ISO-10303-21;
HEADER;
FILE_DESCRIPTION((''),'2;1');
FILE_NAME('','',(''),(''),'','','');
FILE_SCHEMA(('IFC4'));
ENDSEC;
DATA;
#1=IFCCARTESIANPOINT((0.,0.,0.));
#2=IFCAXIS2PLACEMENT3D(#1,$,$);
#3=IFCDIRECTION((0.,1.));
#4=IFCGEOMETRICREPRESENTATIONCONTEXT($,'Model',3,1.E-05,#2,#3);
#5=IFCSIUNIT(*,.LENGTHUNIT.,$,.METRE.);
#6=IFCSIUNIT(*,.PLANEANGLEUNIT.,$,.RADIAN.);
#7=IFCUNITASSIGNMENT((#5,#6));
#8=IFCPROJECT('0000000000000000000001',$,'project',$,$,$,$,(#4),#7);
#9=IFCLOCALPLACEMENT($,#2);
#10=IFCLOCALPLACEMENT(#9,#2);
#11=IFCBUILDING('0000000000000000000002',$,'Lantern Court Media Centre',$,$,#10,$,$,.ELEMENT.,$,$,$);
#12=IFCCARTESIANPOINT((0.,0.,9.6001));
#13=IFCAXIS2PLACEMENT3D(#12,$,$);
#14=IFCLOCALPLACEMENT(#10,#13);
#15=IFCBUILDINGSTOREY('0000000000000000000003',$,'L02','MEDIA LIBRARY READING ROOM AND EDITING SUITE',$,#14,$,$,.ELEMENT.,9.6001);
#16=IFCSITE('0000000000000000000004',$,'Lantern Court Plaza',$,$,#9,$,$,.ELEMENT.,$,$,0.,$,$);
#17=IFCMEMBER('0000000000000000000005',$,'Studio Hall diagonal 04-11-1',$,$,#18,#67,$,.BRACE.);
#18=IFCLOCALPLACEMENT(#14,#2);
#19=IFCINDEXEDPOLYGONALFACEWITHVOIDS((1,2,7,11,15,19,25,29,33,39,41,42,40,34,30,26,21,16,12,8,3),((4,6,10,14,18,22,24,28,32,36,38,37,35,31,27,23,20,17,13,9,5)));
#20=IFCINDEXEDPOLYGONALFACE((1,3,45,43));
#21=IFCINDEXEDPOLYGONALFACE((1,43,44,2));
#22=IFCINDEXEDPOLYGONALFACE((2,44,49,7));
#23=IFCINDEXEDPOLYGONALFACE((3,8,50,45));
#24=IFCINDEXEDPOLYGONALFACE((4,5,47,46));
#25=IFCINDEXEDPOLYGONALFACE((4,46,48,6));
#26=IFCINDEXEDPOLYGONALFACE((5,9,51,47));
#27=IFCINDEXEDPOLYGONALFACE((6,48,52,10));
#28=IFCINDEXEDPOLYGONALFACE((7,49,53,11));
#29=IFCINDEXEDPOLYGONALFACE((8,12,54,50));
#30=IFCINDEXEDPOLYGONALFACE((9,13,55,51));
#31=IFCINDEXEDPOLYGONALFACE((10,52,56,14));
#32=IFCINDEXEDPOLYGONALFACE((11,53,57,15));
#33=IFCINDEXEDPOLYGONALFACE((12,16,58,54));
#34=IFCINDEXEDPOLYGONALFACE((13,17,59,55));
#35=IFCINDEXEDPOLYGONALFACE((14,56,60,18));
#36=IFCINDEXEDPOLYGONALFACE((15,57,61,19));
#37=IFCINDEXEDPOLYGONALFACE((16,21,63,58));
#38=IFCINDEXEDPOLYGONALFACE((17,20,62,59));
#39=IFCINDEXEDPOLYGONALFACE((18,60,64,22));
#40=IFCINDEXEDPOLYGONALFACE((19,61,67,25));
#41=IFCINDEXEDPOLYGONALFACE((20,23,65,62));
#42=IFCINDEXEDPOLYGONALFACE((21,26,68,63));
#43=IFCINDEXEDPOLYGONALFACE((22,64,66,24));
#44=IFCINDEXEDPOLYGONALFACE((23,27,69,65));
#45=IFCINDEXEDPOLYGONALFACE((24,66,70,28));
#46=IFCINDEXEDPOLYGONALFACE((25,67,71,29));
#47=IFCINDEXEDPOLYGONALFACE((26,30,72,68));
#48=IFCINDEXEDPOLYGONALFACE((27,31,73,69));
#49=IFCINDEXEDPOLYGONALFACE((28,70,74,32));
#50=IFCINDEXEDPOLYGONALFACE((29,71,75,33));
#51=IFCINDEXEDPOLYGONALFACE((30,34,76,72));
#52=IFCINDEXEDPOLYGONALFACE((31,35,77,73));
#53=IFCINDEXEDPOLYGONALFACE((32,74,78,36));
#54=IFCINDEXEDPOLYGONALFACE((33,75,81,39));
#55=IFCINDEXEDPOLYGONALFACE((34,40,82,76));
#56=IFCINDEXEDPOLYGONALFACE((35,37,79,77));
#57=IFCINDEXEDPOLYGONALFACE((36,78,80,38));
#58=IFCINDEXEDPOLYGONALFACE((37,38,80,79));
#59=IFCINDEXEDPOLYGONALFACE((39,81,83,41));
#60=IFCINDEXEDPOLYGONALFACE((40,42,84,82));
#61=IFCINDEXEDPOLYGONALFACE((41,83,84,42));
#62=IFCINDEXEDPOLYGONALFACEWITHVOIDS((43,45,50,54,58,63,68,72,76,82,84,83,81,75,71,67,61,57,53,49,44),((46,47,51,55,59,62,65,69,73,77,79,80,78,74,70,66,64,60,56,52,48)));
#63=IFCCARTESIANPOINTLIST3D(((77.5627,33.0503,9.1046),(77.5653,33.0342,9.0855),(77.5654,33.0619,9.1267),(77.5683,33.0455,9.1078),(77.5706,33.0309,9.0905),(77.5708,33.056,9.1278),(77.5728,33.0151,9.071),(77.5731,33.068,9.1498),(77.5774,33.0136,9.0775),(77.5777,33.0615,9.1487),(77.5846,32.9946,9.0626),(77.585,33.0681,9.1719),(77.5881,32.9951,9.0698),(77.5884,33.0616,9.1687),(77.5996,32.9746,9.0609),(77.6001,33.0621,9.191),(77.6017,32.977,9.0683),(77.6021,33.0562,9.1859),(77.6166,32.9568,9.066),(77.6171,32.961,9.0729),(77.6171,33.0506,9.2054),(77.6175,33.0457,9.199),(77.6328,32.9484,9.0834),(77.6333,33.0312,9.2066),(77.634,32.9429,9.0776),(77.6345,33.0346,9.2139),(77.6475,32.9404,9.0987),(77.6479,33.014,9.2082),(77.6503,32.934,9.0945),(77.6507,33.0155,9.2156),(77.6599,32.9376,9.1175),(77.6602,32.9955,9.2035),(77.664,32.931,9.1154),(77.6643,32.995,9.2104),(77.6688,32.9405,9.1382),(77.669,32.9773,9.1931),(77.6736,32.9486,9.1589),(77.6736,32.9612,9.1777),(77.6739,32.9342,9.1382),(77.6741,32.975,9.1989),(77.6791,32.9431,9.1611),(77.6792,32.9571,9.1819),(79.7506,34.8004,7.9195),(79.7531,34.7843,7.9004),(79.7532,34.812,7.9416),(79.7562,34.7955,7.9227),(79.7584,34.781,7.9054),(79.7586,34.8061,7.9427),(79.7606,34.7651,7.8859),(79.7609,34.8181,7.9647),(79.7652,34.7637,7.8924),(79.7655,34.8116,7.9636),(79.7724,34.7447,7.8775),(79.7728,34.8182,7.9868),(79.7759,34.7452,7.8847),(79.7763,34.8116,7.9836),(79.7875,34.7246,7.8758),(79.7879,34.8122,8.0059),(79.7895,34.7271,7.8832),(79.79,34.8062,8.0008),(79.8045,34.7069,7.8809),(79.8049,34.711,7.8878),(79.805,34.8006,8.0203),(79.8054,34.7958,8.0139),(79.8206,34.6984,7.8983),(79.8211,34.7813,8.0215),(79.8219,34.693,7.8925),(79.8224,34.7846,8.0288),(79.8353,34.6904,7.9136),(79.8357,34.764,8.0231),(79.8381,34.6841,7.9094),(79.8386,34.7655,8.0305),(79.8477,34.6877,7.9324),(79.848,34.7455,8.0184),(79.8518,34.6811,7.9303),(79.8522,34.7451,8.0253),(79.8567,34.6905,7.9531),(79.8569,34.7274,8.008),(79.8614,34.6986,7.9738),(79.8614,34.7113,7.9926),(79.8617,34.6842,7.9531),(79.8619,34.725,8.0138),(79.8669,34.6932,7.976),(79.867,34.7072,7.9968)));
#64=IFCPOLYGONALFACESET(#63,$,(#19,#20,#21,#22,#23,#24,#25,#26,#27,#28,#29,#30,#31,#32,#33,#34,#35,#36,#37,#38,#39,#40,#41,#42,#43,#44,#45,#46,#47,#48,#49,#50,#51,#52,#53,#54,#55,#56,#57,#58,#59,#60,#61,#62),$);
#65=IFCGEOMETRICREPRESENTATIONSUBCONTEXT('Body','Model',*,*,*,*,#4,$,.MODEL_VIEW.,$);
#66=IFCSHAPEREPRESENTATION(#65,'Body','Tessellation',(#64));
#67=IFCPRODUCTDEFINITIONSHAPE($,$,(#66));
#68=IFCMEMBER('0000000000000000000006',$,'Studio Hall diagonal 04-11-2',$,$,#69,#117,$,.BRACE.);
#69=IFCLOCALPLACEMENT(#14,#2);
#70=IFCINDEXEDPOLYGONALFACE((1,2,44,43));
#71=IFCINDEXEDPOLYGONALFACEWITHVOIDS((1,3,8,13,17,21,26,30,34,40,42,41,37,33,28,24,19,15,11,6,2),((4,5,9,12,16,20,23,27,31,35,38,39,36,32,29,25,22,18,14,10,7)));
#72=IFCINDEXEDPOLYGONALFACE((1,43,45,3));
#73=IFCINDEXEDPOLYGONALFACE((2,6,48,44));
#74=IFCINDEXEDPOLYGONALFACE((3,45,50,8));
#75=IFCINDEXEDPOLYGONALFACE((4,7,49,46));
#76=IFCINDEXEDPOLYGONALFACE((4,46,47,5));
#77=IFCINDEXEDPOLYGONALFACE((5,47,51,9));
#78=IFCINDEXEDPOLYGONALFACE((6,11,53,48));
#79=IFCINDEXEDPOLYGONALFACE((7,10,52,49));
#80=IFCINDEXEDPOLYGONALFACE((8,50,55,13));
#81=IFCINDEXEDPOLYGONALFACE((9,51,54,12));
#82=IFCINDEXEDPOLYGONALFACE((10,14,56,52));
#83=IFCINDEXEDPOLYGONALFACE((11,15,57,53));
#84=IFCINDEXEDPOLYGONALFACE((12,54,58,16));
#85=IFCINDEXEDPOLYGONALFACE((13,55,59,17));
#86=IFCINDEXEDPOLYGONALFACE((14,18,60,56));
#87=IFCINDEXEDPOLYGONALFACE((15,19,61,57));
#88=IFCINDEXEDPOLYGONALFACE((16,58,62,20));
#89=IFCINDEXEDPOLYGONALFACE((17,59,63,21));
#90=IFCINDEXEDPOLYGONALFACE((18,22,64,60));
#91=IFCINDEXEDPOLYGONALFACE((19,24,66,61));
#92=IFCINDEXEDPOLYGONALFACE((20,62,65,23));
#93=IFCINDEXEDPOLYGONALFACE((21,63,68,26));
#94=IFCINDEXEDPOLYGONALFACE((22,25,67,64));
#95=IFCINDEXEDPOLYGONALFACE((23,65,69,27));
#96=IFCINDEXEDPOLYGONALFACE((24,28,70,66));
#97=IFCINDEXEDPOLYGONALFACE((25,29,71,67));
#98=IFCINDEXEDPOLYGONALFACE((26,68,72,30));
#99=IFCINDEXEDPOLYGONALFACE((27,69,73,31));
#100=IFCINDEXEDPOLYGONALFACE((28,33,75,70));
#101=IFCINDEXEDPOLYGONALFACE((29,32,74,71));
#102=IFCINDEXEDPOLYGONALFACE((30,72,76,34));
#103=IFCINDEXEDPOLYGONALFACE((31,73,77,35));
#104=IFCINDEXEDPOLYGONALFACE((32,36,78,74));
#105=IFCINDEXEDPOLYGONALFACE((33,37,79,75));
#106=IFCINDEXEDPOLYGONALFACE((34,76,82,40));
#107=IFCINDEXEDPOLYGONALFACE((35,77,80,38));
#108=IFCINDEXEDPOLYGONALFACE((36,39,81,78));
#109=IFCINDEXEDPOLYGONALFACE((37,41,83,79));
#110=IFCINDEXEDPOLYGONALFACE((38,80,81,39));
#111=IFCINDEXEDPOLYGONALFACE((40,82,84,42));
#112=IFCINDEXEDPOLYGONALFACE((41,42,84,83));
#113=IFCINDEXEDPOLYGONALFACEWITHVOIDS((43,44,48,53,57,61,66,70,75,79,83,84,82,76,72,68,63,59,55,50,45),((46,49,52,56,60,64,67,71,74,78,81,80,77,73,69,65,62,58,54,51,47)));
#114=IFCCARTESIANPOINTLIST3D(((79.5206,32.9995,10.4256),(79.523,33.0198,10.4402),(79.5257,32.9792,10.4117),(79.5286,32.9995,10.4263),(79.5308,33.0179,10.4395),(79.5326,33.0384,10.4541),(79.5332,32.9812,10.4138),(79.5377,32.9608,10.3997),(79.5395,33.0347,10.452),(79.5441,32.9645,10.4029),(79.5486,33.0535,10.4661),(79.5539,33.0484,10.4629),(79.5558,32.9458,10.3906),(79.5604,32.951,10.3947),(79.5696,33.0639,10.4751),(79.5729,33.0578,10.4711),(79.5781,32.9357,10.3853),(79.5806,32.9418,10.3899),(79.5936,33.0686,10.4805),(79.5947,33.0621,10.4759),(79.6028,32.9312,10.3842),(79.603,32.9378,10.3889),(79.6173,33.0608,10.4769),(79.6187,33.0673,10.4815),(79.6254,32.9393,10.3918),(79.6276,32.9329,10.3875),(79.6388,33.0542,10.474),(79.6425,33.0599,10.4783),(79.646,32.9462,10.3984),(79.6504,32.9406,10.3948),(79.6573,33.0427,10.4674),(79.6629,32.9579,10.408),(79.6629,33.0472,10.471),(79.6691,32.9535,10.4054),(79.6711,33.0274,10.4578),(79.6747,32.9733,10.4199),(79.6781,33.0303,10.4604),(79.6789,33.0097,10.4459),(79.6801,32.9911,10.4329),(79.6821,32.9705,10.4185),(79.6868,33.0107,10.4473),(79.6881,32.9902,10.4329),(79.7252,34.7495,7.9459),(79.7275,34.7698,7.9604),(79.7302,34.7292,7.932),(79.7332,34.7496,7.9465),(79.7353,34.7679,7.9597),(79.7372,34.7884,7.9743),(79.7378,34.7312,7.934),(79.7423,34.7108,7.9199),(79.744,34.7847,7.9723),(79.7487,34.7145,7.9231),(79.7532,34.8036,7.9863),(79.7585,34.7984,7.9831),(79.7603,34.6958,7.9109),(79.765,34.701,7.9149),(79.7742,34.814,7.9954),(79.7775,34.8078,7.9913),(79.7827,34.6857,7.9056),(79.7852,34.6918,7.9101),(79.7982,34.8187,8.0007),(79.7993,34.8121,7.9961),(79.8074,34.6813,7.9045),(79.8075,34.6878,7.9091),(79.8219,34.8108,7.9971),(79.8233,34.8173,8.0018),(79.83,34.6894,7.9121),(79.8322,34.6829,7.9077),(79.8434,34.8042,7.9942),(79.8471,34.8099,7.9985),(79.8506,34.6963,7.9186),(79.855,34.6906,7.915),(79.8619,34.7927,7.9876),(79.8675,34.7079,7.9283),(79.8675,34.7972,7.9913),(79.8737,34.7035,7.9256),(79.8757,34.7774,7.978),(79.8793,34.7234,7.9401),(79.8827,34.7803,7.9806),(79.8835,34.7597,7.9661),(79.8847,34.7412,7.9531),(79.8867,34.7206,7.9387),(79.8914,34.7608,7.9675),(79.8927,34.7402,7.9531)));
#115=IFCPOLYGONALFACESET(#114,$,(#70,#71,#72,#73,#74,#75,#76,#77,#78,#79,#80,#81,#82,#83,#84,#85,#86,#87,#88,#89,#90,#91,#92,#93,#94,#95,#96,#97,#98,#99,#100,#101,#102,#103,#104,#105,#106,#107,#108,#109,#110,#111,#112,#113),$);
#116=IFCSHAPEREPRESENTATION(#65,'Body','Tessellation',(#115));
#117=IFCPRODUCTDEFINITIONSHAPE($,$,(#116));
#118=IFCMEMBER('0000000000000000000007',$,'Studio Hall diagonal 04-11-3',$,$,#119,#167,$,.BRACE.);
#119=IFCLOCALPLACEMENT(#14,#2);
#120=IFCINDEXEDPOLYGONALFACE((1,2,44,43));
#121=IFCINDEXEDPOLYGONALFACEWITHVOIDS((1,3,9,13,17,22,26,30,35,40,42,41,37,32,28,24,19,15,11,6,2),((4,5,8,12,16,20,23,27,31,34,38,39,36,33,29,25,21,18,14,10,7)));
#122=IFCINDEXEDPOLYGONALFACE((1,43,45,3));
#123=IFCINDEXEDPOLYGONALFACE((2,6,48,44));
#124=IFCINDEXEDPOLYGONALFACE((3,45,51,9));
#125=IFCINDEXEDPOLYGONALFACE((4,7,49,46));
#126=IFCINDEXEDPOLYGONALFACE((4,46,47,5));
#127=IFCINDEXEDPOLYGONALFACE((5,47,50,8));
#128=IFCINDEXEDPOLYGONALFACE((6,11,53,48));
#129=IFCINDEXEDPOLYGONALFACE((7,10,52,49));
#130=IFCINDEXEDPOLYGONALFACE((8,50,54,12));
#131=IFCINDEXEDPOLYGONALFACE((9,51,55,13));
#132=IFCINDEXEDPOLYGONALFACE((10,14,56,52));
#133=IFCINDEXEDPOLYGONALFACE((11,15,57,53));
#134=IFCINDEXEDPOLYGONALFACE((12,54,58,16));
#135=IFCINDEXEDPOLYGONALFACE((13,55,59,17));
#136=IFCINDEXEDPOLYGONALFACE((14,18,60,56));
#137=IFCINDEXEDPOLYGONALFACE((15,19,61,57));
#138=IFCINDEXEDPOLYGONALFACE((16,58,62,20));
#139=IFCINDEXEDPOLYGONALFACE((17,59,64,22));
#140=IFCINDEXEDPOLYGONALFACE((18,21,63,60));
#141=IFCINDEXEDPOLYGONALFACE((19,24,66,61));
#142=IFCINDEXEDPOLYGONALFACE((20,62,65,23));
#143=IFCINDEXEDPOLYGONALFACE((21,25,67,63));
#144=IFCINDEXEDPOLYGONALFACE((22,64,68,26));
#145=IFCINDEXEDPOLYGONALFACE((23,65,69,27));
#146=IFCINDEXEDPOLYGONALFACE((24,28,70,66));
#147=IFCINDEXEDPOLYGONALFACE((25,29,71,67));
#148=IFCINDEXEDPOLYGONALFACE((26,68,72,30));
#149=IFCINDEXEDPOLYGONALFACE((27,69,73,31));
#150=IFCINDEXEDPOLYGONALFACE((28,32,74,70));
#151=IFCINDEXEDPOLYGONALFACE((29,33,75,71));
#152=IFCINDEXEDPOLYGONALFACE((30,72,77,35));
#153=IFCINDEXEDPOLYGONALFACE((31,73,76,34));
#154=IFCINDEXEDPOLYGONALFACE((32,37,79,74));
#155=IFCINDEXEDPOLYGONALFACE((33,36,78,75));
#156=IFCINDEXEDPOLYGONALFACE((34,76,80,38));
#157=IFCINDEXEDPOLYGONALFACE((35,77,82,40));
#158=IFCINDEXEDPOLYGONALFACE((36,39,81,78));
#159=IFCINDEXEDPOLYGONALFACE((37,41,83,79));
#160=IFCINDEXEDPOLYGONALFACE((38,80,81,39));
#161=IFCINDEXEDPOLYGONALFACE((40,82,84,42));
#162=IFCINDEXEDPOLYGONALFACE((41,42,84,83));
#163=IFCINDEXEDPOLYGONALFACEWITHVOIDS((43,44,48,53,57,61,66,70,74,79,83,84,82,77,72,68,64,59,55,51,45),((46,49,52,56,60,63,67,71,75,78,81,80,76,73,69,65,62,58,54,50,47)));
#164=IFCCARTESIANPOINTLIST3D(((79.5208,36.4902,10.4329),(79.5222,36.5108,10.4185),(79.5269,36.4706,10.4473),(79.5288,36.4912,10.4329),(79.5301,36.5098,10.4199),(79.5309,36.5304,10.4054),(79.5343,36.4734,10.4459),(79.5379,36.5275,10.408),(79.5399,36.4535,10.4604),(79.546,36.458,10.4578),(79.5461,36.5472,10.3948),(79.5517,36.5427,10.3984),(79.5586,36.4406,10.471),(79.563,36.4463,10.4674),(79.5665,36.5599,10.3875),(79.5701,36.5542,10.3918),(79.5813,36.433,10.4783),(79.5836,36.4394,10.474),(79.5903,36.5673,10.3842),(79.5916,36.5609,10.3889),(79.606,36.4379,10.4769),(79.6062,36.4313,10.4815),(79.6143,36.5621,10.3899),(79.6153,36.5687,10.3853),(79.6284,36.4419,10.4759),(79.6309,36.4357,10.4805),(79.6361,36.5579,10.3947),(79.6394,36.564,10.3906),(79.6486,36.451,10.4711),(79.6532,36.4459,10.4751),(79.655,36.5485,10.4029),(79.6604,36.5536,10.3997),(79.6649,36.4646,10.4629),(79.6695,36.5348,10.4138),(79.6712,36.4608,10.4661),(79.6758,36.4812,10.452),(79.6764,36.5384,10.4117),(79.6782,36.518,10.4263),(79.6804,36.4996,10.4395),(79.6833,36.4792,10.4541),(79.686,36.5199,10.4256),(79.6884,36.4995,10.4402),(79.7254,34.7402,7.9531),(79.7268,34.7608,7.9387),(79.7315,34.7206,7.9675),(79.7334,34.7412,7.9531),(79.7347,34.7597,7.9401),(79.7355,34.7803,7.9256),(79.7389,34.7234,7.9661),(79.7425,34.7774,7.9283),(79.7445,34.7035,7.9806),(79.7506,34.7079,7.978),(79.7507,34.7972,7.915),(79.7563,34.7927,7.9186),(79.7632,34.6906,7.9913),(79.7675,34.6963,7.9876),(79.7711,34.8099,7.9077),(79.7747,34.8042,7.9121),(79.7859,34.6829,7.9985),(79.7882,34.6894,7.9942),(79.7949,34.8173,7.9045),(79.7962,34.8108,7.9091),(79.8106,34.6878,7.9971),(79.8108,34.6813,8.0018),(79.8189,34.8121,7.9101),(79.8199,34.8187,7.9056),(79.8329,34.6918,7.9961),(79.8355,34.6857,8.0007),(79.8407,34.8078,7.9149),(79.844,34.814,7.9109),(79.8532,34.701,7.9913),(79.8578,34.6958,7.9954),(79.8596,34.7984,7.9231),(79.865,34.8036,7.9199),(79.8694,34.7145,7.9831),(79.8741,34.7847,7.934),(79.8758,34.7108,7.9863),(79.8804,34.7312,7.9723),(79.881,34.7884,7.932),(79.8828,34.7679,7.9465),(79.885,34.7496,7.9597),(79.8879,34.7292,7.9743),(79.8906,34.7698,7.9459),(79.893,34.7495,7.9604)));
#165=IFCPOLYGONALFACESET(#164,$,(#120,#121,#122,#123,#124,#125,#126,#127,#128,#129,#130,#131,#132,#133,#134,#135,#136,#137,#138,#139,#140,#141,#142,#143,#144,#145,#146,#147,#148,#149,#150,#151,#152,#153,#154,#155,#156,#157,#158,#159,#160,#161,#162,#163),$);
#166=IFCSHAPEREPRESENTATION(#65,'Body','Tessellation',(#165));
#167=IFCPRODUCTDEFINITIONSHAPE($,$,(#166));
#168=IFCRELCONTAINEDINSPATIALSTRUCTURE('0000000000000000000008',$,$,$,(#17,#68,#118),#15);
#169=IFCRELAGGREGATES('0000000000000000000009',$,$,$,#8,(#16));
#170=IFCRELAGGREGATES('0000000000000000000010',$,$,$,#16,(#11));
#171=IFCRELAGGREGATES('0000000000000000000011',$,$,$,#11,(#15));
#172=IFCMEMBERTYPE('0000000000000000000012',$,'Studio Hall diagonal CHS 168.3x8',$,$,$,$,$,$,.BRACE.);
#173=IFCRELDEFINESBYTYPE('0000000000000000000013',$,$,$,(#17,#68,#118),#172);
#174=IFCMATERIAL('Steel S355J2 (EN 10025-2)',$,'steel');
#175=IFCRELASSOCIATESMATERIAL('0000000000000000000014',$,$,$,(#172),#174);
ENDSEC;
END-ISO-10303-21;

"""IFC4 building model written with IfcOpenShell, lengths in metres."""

from ifc_helpers import new_model, si_unit, direction, frame, origin, origin_2d, place, context, subcontext, project, spatial, hollow_circle, extrude, material, material_profile, profile_set, type_object, element, save


model = new_model("IFC4")

# Units and contexts
model_context = context("Model", 3, precision=1e-05, world=origin(), true_north=direction((0.0, 1.0)))
body_context = subcontext(model_context, "Body", "Model", "MODEL_VIEW")
ifc_project = project(units=[si_unit("LENGTHUNIT", "METRE"), si_unit("PLANEANGLEUNIT", "RADIAN")], contexts=[model_context])

# Site, building, storey
site_placement = place(None, origin())
site = spatial("IfcSite", under=ifc_project, at=site_placement, Name="Lantern Court Plaza", CompositionType="ELEMENT", RefElevation=0.0)
building_placement = place(site_placement, origin())
building = spatial("IfcBuilding", under=site, at=building_placement, Name="Lantern Court Media Centre", CompositionType="ELEMENT")
storey_placement = place(building_placement, frame((0.0, 0.0, 9.6001)))
storey = spatial("IfcBuildingStorey", under=building, at=storey_placement, Name="L02", Description="MEDIA LIBRARY READING ROOM AND EDITING SUITE", CompositionType="ELEMENT", Elevation=9.6001)

# Members
ifc_material = material(Name="Steel S355J2 (EN 10025-2)", Category="steel")
ifc_material_profile_1 = material_profile(ifc_material, hollow_circle(Radius=0.0842, WallThickness=0.0081, at=origin_2d()), Name="Studio Hall diagonal CHS 168.3x8")
ifc_profile_set_1 = profile_set([ifc_material_profile_1], Name="Steel S355J2 (EN 10025-2)")
member_type_1 = type_object("IfcMemberType", Name="Studio Hall diagonal CHS 168.3x8", PredefinedType="BRACE", material=ifc_profile_set_1)
for number, where, z_axis, x_axis, name in (
    (1, (79.8091, 34.75, 7.9531), (-0.719206, -0.5753, 0.38958), (0.624653, -0.780903, 0.0), "Studio Hall diagonal 04-11-1"),
    (2, (79.8091, 34.75, 7.9531), (-0.067256, -0.575289, 0.81518), (0.993235, -0.116118, 0.0), "Studio Hall diagonal 04-11-2"),
    (3, (79.8091, 34.75, 7.9531), (-0.067256, 0.575289, 0.81518), (-0.993235, -0.116118, 0.0), "Studio Hall diagonal 04-11-3"),
):
    element("IfcMember", number, at=place(storey_placement, frame(where, z_axis=z_axis, x_axis=x_axis)), inside=storey, type_object=member_type_1, Name=name, PredefinedType="BRACE", context=body_context, shape_type="SweptSolid", body=[
        extrude(hollow_circle(Radius=0.0842, WallThickness=0.0081, at=origin_2d()), origin(), (0.0, 0.0, 1.0), 3.042),
    ])

save(model, "model.ifc")
